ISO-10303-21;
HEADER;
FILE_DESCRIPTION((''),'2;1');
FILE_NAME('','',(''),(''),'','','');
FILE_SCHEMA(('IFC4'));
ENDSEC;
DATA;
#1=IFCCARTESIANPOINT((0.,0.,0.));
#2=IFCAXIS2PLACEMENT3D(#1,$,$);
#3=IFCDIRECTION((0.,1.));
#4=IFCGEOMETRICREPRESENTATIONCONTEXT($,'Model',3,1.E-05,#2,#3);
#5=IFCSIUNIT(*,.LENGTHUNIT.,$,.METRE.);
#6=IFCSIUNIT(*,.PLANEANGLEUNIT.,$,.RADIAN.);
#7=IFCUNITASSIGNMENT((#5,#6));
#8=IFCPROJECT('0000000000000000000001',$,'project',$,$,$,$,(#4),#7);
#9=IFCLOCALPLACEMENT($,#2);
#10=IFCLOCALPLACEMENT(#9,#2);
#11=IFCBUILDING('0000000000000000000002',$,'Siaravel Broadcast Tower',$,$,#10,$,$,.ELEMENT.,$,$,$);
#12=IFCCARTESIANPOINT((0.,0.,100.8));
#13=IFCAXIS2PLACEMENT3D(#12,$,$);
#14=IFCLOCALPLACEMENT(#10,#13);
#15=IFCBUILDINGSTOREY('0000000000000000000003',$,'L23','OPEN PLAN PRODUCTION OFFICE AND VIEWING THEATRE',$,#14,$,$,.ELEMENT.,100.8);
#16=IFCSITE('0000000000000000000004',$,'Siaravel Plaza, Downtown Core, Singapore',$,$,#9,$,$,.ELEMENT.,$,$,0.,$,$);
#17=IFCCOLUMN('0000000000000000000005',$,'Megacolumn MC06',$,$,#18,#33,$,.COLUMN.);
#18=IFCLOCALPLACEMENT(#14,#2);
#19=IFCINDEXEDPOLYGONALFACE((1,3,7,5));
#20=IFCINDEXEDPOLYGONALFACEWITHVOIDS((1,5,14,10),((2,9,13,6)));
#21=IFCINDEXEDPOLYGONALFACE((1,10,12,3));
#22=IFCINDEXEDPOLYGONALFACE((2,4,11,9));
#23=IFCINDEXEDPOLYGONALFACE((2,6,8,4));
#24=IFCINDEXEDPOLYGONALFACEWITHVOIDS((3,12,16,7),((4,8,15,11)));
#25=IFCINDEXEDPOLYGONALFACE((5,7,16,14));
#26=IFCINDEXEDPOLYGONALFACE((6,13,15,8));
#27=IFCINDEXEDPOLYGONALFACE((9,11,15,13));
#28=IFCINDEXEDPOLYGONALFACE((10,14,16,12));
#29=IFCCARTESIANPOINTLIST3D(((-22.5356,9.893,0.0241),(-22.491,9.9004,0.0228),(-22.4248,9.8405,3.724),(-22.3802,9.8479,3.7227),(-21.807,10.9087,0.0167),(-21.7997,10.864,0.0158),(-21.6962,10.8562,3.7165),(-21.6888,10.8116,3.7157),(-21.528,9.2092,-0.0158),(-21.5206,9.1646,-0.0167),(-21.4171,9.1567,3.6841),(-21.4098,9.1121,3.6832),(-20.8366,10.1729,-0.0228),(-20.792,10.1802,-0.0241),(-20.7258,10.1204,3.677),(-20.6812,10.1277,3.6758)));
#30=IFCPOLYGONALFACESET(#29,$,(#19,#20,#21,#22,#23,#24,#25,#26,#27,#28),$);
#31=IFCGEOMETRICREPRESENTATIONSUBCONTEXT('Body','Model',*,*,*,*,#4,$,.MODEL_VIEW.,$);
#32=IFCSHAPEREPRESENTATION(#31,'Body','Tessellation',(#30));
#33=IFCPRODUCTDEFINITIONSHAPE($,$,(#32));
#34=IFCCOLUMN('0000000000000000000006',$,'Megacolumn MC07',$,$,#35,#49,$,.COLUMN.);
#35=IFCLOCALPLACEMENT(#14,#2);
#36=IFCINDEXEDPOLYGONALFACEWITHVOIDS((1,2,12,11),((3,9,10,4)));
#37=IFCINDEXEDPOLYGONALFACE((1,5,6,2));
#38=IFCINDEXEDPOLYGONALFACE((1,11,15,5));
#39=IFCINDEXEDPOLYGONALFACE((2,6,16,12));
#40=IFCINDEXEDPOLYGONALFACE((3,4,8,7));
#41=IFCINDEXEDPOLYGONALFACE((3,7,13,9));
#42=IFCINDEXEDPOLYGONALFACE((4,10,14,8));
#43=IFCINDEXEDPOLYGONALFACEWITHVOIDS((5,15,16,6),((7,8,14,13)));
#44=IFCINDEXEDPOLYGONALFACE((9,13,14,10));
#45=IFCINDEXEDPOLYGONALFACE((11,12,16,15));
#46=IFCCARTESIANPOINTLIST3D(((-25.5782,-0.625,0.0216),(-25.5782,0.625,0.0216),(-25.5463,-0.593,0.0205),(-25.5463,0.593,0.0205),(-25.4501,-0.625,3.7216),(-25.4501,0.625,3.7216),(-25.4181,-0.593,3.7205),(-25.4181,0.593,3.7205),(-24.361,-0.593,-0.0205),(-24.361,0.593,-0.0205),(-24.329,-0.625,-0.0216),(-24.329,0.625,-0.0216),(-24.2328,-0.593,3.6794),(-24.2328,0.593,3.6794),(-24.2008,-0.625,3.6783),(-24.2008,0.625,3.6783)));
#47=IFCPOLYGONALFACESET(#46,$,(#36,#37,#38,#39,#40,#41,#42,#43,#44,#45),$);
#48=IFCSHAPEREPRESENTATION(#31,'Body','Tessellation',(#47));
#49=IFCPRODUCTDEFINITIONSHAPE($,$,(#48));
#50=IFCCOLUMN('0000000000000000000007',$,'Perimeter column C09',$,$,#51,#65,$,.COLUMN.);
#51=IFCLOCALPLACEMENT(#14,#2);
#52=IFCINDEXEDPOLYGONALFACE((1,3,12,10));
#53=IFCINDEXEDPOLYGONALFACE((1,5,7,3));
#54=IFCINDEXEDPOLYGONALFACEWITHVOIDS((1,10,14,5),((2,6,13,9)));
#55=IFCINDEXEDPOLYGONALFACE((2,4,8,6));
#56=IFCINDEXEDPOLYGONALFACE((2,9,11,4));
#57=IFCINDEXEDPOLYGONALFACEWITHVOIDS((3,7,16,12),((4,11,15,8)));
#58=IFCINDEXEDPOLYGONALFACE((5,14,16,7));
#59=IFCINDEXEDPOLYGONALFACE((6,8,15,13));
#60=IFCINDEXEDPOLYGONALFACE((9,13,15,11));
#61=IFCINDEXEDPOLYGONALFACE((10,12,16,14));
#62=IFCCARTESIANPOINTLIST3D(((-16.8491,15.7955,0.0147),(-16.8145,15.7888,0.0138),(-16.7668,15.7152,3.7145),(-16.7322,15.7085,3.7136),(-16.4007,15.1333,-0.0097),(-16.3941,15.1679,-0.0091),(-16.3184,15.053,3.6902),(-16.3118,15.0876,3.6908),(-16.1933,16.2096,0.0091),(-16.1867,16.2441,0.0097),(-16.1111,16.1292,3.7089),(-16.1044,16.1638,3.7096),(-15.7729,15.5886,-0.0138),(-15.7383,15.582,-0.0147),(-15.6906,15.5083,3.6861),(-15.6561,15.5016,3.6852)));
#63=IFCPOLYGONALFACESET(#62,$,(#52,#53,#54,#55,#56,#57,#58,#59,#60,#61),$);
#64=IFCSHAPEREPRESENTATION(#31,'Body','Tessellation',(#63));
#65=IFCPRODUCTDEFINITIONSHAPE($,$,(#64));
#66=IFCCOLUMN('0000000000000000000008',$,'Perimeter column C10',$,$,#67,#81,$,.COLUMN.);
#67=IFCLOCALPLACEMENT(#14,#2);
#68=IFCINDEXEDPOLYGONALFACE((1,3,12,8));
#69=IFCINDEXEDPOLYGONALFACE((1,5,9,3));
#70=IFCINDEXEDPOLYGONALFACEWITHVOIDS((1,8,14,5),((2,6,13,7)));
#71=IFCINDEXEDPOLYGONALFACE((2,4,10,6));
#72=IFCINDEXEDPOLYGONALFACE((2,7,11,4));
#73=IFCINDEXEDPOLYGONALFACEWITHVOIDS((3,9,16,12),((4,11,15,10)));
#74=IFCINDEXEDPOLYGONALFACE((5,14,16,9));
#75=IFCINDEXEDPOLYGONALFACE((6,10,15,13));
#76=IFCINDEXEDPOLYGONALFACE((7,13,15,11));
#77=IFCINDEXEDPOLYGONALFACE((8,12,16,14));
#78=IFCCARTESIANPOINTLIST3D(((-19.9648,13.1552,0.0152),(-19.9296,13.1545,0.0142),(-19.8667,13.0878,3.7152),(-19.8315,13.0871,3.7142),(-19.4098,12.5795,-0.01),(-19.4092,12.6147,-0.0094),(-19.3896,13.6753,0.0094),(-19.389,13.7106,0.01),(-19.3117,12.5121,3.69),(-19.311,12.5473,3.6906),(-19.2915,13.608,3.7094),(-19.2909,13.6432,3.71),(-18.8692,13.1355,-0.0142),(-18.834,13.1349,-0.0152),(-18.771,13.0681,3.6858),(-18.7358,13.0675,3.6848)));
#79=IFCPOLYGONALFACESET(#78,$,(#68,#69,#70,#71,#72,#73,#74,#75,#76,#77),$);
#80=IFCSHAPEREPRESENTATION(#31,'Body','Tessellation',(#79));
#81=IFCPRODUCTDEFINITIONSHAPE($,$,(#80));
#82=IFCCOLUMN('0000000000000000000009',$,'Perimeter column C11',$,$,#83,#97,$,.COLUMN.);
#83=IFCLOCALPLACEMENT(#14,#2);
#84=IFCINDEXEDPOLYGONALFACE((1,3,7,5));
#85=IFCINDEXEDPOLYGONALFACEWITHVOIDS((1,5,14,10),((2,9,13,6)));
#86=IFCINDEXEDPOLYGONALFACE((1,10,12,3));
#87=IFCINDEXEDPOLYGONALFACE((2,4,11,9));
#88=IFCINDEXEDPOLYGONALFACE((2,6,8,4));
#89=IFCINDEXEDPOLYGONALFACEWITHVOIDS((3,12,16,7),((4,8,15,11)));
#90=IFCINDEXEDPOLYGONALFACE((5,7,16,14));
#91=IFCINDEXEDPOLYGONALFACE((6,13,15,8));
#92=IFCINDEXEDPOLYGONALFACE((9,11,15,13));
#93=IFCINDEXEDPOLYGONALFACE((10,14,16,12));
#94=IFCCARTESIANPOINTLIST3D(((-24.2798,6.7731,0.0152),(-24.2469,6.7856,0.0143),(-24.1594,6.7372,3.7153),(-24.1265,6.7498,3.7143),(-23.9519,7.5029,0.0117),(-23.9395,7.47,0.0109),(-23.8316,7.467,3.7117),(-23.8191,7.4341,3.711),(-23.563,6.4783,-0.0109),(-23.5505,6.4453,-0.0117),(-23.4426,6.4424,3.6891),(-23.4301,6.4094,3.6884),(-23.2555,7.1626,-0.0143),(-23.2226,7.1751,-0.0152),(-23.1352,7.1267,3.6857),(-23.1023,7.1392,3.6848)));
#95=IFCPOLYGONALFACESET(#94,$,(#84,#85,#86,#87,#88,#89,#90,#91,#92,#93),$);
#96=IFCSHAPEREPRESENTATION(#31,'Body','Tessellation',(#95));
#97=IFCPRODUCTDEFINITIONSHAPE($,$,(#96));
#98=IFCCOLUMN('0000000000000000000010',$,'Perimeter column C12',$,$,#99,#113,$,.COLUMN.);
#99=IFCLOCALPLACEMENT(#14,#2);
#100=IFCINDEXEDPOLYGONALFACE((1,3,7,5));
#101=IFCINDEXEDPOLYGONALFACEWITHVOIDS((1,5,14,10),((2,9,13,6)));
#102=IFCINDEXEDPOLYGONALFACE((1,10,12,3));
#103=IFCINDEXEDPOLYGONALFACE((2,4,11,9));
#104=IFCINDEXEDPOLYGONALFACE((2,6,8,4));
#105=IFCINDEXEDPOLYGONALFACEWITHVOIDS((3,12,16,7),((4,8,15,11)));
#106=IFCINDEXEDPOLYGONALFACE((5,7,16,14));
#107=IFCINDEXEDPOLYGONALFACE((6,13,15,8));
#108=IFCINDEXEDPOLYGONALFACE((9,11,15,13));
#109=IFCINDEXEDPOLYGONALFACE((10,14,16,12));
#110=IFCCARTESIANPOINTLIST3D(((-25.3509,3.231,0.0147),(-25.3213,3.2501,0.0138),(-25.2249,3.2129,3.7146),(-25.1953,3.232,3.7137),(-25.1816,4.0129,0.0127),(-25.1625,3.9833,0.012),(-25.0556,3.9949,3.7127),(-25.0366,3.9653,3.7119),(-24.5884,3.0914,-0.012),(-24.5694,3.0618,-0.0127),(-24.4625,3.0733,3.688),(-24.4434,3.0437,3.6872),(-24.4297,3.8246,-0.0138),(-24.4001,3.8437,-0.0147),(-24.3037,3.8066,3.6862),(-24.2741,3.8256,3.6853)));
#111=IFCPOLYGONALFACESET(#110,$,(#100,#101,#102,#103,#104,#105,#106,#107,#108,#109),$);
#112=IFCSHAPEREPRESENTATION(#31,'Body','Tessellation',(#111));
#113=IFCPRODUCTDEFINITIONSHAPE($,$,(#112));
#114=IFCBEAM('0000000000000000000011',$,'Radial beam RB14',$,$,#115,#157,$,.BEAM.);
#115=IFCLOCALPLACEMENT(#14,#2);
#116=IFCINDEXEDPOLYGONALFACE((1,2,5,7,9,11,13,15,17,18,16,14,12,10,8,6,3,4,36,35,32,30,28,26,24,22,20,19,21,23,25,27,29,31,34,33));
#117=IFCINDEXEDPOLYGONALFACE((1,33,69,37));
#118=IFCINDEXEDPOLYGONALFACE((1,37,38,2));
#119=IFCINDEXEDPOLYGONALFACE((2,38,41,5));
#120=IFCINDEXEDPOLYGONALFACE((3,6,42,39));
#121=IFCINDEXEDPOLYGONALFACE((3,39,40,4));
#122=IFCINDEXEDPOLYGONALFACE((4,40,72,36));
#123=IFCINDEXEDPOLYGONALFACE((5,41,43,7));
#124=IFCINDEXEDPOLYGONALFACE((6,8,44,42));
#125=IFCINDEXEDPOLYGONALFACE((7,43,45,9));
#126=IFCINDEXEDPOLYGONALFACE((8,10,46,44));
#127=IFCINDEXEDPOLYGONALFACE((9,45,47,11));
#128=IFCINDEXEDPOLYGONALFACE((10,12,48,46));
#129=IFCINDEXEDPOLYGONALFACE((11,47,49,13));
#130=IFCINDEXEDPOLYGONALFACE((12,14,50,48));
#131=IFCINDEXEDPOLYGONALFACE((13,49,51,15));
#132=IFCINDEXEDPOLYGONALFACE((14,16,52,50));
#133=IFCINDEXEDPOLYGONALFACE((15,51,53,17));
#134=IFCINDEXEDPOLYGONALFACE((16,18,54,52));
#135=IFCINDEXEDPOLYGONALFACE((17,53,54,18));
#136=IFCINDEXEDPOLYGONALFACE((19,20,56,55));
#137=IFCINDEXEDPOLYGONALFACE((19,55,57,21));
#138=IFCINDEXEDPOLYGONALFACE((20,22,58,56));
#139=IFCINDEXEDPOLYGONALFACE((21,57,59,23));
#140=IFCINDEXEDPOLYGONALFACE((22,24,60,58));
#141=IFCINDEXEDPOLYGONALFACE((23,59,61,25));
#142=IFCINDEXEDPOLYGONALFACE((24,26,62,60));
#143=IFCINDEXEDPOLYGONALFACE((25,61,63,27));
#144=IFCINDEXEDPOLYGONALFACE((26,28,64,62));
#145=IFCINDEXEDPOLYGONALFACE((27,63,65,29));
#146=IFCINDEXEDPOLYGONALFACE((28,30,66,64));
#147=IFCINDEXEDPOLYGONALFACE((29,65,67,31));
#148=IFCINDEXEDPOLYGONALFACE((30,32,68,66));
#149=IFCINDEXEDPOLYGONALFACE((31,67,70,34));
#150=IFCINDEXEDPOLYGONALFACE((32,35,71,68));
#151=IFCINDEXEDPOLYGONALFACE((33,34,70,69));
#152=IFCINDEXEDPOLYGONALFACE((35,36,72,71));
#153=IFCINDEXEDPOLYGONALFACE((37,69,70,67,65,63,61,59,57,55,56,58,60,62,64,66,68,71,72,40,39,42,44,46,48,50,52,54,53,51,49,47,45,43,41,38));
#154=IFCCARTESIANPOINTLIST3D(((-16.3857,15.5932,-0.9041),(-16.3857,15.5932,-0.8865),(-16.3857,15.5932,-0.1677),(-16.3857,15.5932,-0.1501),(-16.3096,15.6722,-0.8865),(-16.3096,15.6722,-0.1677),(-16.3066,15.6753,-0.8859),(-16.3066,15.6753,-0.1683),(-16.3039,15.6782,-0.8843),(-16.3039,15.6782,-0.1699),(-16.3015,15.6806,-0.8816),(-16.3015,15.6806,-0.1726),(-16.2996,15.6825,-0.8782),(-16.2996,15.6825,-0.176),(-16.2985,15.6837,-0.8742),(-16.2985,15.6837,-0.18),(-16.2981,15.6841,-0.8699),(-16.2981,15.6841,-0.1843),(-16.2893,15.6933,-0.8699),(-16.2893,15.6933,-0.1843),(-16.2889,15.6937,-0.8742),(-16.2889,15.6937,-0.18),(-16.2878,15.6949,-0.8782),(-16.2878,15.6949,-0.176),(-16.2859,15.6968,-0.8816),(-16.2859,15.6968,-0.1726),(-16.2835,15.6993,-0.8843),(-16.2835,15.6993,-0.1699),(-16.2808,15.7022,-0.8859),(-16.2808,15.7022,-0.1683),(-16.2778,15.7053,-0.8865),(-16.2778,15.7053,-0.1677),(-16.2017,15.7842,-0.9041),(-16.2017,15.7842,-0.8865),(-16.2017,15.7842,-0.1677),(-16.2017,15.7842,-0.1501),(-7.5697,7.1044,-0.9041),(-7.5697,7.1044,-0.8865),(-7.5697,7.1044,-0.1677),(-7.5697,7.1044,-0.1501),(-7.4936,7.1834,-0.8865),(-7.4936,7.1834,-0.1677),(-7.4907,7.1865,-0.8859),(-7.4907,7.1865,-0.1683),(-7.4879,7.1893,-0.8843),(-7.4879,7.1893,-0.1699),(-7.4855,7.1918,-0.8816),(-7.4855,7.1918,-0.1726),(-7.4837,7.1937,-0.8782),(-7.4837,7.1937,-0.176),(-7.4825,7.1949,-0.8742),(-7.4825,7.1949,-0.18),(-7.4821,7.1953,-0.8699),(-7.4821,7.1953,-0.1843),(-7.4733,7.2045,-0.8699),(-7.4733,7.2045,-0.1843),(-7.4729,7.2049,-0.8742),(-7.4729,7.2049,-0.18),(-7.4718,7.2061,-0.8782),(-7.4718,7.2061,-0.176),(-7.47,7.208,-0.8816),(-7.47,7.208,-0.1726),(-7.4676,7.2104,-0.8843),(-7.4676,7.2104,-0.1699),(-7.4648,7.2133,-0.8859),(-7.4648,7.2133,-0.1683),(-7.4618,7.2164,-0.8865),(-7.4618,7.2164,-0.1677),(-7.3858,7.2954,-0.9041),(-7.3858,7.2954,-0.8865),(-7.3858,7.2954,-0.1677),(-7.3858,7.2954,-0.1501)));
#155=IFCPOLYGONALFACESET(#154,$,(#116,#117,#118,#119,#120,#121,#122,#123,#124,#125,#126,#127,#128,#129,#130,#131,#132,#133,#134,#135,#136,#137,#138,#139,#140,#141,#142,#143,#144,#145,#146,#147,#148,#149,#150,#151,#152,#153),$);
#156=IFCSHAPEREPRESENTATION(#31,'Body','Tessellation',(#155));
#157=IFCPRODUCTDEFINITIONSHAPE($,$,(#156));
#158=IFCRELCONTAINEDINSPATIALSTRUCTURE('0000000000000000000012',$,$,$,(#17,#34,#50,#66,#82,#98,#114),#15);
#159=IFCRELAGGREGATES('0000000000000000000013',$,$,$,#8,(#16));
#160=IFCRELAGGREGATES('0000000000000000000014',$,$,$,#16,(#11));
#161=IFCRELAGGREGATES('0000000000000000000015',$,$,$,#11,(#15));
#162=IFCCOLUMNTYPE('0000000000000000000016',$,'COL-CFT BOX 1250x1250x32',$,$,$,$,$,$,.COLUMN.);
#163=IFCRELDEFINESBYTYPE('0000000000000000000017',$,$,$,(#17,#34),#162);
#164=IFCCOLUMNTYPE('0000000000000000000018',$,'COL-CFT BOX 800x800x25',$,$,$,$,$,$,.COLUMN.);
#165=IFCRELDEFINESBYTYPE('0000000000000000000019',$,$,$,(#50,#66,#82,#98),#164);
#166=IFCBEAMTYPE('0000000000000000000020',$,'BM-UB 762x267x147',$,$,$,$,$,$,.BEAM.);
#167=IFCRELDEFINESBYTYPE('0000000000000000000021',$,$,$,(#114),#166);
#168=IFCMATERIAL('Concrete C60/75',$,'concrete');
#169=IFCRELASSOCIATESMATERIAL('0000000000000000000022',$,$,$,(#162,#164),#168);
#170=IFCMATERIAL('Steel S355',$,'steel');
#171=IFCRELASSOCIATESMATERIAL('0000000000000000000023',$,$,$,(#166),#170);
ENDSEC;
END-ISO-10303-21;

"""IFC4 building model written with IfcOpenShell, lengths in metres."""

from ifc_helpers import new_model, si_unit, direction, frame, origin, origin_2d, place, context, subcontext, project, spatial, hollow_rectangle, i_section, extrude, material, material_profile, profile_set, type_object, element, save


model = new_model("IFC4")

# Units and contexts
model_context = context("Model", 3, precision=1e-05, world=origin(), true_north=direction((0.0, 1.0)))
body_context = subcontext(model_context, "Body", "Model", "MODEL_VIEW")
ifc_project = project(units=[si_unit("LENGTHUNIT", "METRE"), si_unit("PLANEANGLEUNIT", "RADIAN")], contexts=[model_context])

# Site, building, storey
site_placement = place(None, origin())
site = spatial("IfcSite", under=ifc_project, at=site_placement, Name="Siaravel Plaza, Downtown Core, Singapore", CompositionType="ELEMENT", RefElevation=0.0)
building_placement = place(site_placement, origin())
building = spatial("IfcBuilding", under=site, at=building_placement, Name="Siaravel Broadcast Tower", CompositionType="ELEMENT")
storey_placement = place(building_placement, frame((0.0, 0.0, 100.8)))
storey = spatial("IfcBuildingStorey", under=building, at=storey_placement, Name="L23", Description="OPEN PLAN PRODUCTION OFFICE AND VIEWING THEATRE", CompositionType="ELEMENT", Elevation=100.8)

# Columns
ifc_material_1 = material(Name="Concrete C60/75", Category="concrete")
ifc_material_profile_1 = material_profile(ifc_material_1, hollow_rectangle(XDim=1.25, YDim=1.25, WallThickness=0.032, at=origin_2d()))
ifc_profile_set_1 = profile_set([ifc_material_profile_1], Name="Concrete C60/75")
column_type_1 = type_object("IfcColumnType", Name="COL-CFT BOX 1250x1250x32", PredefinedType="COLUMN", material=ifc_profile_set_1)
column_1_placement = place(storey_placement, frame((-21.6638, 10.0366, 0.0), z_axis=(0.029941, -0.014179, 0.999451), x_axis=(0.582896, 0.812525, -0.005935)))
element("IfcColumn", 1, at=column_1_placement, inside=storey, type_object=column_type_1, Name="Megacolumn MC06", PredefinedType="COLUMN", context=body_context, shape_type="SweptSolid", body=[
    extrude(hollow_rectangle(XDim=1.25, YDim=1.25, WallThickness=0.032, at=origin_2d()), origin(), (0.0, 0.0, 1.0), 3.7019),
])
column_2_placement = place(storey_placement, frame((-24.9536, 0.0, 0.0), z_axis=(0.034621, 0.0, 0.999401), x_axis=(0.0, 1.0, 0.0)))
element("IfcColumn", 2, at=column_2_placement, inside=storey, type_object=column_type_1, Name="Megacolumn MC07", PredefinedType="COLUMN", context=body_context, shape_type="SweptSolid", body=[
    extrude(hollow_rectangle(XDim=1.25, YDim=1.25, WallThickness=0.032, at=origin_2d()), origin(), (0.0, 0.0, 1.0), 3.7021),
])
ifc_material_profile_2 = material_profile(ifc_material_1, hollow_rectangle(XDim=0.8, YDim=0.8, WallThickness=0.0249, at=origin_2d()))
ifc_profile_set_2 = profile_set([ifc_material_profile_2], Name="Concrete C60/75")
column_type_2 = type_object("IfcColumnType", Name="COL-CFT BOX 800x800x25", PredefinedType="COLUMN", material=ifc_profile_set_2)
column_3_placement = place(storey_placement, frame((-16.2937, 15.6887, 0.0), z_axis=(0.022226, -0.021699, 0.999517), x_axis=(0.82793, 0.560796, -0.006236)))
element("IfcColumn", 3, at=column_3_placement, inside=storey, type_object=column_type_2, Name="Perimeter column C09", PredefinedType="COLUMN", context=body_context, shape_type="SweptSolid", body=[
    extrude(hollow_rectangle(XDim=0.8, YDim=0.8, WallThickness=0.0249, at=origin_2d()), origin(), (0.0, 0.0, 1.0), 3.7017),
])
column_4_placement = place(storey_placement, frame((-19.3994, 13.145, 0.0), z_axis=(0.026512, -0.018202, 0.999483), x_axis=(0.719754, 0.694199, -0.006449)))
element("IfcColumn", 4, at=column_4_placement, inside=storey, type_object=column_type_2, Name="Perimeter column C10", PredefinedType="COLUMN", context=body_context, shape_type="SweptSolid", body=[
    extrude(hollow_rectangle(XDim=0.8, YDim=0.8, WallThickness=0.0249, at=origin_2d()), origin(), (0.0, 0.0, 1.0), 3.7019),
])
for number, where, z_axis, x_axis, name in (
    (5, (-23.7512, 6.9741, 0.0), (0.032512, -0.009694, 0.999424), (0.409806, 0.912162, -0.004483), "Perimeter column C11"),
    (6, (-24.8755, 3.5374, 0.0), (0.034028, -0.00488, 0.999409), (0.21156, 0.977362, -0.002431), "Perimeter column C12"),
):
    element("IfcColumn", number, at=place(storey_placement, frame(where, z_axis=z_axis, x_axis=x_axis)), inside=storey, type_object=column_type_2, Name=name, PredefinedType="COLUMN", context=body_context, shape_type="SweptSolid", body=[
        extrude(hollow_rectangle(XDim=0.8, YDim=0.8, WallThickness=0.0249, at=origin_2d()), origin(), (0.0, 0.0, 1.0), 3.7021),
    ])

# Beam
ifc_material_2 = material(Name="Steel S355", Category="steel")
ifc_material_profile_3 = material_profile(ifc_material_2, i_section(OverallWidth=0.2651, OverallDepth=0.7539, WebThickness=0.0127, FlangeThickness=0.0176, FilletRadius=0.0166, at=origin_2d()))
ifc_profile_set_3 = profile_set([ifc_material_profile_3], Name="Steel S355")
beam_type = type_object("IfcBeamType", Name="BM-UB 762x267x147", PredefinedType="BEAM", material=ifc_profile_set_3)
beam_1_placement = place(storey_placement, frame((-16.2937, 15.6887, -0.5271), z_axis=(0.720346, -0.693615, 0.0), x_axis=(0.693615, 0.720346, 0.0)))
element("IfcBeam", 7, at=beam_1_placement, inside=storey, type_object=beam_type, Name="Radial beam RB14", PredefinedType="BEAM", context=body_context, shape_type="SweptSolid", body=[
    extrude(i_section(OverallWidth=0.2651, OverallDepth=0.7539, WebThickness=0.0127, FlangeThickness=0.0176, FilletRadius=0.0166, at=origin_2d()), origin(), (0.0, 0.0, 1.0), 12.2385),
])

save(model, "model.ifc")
